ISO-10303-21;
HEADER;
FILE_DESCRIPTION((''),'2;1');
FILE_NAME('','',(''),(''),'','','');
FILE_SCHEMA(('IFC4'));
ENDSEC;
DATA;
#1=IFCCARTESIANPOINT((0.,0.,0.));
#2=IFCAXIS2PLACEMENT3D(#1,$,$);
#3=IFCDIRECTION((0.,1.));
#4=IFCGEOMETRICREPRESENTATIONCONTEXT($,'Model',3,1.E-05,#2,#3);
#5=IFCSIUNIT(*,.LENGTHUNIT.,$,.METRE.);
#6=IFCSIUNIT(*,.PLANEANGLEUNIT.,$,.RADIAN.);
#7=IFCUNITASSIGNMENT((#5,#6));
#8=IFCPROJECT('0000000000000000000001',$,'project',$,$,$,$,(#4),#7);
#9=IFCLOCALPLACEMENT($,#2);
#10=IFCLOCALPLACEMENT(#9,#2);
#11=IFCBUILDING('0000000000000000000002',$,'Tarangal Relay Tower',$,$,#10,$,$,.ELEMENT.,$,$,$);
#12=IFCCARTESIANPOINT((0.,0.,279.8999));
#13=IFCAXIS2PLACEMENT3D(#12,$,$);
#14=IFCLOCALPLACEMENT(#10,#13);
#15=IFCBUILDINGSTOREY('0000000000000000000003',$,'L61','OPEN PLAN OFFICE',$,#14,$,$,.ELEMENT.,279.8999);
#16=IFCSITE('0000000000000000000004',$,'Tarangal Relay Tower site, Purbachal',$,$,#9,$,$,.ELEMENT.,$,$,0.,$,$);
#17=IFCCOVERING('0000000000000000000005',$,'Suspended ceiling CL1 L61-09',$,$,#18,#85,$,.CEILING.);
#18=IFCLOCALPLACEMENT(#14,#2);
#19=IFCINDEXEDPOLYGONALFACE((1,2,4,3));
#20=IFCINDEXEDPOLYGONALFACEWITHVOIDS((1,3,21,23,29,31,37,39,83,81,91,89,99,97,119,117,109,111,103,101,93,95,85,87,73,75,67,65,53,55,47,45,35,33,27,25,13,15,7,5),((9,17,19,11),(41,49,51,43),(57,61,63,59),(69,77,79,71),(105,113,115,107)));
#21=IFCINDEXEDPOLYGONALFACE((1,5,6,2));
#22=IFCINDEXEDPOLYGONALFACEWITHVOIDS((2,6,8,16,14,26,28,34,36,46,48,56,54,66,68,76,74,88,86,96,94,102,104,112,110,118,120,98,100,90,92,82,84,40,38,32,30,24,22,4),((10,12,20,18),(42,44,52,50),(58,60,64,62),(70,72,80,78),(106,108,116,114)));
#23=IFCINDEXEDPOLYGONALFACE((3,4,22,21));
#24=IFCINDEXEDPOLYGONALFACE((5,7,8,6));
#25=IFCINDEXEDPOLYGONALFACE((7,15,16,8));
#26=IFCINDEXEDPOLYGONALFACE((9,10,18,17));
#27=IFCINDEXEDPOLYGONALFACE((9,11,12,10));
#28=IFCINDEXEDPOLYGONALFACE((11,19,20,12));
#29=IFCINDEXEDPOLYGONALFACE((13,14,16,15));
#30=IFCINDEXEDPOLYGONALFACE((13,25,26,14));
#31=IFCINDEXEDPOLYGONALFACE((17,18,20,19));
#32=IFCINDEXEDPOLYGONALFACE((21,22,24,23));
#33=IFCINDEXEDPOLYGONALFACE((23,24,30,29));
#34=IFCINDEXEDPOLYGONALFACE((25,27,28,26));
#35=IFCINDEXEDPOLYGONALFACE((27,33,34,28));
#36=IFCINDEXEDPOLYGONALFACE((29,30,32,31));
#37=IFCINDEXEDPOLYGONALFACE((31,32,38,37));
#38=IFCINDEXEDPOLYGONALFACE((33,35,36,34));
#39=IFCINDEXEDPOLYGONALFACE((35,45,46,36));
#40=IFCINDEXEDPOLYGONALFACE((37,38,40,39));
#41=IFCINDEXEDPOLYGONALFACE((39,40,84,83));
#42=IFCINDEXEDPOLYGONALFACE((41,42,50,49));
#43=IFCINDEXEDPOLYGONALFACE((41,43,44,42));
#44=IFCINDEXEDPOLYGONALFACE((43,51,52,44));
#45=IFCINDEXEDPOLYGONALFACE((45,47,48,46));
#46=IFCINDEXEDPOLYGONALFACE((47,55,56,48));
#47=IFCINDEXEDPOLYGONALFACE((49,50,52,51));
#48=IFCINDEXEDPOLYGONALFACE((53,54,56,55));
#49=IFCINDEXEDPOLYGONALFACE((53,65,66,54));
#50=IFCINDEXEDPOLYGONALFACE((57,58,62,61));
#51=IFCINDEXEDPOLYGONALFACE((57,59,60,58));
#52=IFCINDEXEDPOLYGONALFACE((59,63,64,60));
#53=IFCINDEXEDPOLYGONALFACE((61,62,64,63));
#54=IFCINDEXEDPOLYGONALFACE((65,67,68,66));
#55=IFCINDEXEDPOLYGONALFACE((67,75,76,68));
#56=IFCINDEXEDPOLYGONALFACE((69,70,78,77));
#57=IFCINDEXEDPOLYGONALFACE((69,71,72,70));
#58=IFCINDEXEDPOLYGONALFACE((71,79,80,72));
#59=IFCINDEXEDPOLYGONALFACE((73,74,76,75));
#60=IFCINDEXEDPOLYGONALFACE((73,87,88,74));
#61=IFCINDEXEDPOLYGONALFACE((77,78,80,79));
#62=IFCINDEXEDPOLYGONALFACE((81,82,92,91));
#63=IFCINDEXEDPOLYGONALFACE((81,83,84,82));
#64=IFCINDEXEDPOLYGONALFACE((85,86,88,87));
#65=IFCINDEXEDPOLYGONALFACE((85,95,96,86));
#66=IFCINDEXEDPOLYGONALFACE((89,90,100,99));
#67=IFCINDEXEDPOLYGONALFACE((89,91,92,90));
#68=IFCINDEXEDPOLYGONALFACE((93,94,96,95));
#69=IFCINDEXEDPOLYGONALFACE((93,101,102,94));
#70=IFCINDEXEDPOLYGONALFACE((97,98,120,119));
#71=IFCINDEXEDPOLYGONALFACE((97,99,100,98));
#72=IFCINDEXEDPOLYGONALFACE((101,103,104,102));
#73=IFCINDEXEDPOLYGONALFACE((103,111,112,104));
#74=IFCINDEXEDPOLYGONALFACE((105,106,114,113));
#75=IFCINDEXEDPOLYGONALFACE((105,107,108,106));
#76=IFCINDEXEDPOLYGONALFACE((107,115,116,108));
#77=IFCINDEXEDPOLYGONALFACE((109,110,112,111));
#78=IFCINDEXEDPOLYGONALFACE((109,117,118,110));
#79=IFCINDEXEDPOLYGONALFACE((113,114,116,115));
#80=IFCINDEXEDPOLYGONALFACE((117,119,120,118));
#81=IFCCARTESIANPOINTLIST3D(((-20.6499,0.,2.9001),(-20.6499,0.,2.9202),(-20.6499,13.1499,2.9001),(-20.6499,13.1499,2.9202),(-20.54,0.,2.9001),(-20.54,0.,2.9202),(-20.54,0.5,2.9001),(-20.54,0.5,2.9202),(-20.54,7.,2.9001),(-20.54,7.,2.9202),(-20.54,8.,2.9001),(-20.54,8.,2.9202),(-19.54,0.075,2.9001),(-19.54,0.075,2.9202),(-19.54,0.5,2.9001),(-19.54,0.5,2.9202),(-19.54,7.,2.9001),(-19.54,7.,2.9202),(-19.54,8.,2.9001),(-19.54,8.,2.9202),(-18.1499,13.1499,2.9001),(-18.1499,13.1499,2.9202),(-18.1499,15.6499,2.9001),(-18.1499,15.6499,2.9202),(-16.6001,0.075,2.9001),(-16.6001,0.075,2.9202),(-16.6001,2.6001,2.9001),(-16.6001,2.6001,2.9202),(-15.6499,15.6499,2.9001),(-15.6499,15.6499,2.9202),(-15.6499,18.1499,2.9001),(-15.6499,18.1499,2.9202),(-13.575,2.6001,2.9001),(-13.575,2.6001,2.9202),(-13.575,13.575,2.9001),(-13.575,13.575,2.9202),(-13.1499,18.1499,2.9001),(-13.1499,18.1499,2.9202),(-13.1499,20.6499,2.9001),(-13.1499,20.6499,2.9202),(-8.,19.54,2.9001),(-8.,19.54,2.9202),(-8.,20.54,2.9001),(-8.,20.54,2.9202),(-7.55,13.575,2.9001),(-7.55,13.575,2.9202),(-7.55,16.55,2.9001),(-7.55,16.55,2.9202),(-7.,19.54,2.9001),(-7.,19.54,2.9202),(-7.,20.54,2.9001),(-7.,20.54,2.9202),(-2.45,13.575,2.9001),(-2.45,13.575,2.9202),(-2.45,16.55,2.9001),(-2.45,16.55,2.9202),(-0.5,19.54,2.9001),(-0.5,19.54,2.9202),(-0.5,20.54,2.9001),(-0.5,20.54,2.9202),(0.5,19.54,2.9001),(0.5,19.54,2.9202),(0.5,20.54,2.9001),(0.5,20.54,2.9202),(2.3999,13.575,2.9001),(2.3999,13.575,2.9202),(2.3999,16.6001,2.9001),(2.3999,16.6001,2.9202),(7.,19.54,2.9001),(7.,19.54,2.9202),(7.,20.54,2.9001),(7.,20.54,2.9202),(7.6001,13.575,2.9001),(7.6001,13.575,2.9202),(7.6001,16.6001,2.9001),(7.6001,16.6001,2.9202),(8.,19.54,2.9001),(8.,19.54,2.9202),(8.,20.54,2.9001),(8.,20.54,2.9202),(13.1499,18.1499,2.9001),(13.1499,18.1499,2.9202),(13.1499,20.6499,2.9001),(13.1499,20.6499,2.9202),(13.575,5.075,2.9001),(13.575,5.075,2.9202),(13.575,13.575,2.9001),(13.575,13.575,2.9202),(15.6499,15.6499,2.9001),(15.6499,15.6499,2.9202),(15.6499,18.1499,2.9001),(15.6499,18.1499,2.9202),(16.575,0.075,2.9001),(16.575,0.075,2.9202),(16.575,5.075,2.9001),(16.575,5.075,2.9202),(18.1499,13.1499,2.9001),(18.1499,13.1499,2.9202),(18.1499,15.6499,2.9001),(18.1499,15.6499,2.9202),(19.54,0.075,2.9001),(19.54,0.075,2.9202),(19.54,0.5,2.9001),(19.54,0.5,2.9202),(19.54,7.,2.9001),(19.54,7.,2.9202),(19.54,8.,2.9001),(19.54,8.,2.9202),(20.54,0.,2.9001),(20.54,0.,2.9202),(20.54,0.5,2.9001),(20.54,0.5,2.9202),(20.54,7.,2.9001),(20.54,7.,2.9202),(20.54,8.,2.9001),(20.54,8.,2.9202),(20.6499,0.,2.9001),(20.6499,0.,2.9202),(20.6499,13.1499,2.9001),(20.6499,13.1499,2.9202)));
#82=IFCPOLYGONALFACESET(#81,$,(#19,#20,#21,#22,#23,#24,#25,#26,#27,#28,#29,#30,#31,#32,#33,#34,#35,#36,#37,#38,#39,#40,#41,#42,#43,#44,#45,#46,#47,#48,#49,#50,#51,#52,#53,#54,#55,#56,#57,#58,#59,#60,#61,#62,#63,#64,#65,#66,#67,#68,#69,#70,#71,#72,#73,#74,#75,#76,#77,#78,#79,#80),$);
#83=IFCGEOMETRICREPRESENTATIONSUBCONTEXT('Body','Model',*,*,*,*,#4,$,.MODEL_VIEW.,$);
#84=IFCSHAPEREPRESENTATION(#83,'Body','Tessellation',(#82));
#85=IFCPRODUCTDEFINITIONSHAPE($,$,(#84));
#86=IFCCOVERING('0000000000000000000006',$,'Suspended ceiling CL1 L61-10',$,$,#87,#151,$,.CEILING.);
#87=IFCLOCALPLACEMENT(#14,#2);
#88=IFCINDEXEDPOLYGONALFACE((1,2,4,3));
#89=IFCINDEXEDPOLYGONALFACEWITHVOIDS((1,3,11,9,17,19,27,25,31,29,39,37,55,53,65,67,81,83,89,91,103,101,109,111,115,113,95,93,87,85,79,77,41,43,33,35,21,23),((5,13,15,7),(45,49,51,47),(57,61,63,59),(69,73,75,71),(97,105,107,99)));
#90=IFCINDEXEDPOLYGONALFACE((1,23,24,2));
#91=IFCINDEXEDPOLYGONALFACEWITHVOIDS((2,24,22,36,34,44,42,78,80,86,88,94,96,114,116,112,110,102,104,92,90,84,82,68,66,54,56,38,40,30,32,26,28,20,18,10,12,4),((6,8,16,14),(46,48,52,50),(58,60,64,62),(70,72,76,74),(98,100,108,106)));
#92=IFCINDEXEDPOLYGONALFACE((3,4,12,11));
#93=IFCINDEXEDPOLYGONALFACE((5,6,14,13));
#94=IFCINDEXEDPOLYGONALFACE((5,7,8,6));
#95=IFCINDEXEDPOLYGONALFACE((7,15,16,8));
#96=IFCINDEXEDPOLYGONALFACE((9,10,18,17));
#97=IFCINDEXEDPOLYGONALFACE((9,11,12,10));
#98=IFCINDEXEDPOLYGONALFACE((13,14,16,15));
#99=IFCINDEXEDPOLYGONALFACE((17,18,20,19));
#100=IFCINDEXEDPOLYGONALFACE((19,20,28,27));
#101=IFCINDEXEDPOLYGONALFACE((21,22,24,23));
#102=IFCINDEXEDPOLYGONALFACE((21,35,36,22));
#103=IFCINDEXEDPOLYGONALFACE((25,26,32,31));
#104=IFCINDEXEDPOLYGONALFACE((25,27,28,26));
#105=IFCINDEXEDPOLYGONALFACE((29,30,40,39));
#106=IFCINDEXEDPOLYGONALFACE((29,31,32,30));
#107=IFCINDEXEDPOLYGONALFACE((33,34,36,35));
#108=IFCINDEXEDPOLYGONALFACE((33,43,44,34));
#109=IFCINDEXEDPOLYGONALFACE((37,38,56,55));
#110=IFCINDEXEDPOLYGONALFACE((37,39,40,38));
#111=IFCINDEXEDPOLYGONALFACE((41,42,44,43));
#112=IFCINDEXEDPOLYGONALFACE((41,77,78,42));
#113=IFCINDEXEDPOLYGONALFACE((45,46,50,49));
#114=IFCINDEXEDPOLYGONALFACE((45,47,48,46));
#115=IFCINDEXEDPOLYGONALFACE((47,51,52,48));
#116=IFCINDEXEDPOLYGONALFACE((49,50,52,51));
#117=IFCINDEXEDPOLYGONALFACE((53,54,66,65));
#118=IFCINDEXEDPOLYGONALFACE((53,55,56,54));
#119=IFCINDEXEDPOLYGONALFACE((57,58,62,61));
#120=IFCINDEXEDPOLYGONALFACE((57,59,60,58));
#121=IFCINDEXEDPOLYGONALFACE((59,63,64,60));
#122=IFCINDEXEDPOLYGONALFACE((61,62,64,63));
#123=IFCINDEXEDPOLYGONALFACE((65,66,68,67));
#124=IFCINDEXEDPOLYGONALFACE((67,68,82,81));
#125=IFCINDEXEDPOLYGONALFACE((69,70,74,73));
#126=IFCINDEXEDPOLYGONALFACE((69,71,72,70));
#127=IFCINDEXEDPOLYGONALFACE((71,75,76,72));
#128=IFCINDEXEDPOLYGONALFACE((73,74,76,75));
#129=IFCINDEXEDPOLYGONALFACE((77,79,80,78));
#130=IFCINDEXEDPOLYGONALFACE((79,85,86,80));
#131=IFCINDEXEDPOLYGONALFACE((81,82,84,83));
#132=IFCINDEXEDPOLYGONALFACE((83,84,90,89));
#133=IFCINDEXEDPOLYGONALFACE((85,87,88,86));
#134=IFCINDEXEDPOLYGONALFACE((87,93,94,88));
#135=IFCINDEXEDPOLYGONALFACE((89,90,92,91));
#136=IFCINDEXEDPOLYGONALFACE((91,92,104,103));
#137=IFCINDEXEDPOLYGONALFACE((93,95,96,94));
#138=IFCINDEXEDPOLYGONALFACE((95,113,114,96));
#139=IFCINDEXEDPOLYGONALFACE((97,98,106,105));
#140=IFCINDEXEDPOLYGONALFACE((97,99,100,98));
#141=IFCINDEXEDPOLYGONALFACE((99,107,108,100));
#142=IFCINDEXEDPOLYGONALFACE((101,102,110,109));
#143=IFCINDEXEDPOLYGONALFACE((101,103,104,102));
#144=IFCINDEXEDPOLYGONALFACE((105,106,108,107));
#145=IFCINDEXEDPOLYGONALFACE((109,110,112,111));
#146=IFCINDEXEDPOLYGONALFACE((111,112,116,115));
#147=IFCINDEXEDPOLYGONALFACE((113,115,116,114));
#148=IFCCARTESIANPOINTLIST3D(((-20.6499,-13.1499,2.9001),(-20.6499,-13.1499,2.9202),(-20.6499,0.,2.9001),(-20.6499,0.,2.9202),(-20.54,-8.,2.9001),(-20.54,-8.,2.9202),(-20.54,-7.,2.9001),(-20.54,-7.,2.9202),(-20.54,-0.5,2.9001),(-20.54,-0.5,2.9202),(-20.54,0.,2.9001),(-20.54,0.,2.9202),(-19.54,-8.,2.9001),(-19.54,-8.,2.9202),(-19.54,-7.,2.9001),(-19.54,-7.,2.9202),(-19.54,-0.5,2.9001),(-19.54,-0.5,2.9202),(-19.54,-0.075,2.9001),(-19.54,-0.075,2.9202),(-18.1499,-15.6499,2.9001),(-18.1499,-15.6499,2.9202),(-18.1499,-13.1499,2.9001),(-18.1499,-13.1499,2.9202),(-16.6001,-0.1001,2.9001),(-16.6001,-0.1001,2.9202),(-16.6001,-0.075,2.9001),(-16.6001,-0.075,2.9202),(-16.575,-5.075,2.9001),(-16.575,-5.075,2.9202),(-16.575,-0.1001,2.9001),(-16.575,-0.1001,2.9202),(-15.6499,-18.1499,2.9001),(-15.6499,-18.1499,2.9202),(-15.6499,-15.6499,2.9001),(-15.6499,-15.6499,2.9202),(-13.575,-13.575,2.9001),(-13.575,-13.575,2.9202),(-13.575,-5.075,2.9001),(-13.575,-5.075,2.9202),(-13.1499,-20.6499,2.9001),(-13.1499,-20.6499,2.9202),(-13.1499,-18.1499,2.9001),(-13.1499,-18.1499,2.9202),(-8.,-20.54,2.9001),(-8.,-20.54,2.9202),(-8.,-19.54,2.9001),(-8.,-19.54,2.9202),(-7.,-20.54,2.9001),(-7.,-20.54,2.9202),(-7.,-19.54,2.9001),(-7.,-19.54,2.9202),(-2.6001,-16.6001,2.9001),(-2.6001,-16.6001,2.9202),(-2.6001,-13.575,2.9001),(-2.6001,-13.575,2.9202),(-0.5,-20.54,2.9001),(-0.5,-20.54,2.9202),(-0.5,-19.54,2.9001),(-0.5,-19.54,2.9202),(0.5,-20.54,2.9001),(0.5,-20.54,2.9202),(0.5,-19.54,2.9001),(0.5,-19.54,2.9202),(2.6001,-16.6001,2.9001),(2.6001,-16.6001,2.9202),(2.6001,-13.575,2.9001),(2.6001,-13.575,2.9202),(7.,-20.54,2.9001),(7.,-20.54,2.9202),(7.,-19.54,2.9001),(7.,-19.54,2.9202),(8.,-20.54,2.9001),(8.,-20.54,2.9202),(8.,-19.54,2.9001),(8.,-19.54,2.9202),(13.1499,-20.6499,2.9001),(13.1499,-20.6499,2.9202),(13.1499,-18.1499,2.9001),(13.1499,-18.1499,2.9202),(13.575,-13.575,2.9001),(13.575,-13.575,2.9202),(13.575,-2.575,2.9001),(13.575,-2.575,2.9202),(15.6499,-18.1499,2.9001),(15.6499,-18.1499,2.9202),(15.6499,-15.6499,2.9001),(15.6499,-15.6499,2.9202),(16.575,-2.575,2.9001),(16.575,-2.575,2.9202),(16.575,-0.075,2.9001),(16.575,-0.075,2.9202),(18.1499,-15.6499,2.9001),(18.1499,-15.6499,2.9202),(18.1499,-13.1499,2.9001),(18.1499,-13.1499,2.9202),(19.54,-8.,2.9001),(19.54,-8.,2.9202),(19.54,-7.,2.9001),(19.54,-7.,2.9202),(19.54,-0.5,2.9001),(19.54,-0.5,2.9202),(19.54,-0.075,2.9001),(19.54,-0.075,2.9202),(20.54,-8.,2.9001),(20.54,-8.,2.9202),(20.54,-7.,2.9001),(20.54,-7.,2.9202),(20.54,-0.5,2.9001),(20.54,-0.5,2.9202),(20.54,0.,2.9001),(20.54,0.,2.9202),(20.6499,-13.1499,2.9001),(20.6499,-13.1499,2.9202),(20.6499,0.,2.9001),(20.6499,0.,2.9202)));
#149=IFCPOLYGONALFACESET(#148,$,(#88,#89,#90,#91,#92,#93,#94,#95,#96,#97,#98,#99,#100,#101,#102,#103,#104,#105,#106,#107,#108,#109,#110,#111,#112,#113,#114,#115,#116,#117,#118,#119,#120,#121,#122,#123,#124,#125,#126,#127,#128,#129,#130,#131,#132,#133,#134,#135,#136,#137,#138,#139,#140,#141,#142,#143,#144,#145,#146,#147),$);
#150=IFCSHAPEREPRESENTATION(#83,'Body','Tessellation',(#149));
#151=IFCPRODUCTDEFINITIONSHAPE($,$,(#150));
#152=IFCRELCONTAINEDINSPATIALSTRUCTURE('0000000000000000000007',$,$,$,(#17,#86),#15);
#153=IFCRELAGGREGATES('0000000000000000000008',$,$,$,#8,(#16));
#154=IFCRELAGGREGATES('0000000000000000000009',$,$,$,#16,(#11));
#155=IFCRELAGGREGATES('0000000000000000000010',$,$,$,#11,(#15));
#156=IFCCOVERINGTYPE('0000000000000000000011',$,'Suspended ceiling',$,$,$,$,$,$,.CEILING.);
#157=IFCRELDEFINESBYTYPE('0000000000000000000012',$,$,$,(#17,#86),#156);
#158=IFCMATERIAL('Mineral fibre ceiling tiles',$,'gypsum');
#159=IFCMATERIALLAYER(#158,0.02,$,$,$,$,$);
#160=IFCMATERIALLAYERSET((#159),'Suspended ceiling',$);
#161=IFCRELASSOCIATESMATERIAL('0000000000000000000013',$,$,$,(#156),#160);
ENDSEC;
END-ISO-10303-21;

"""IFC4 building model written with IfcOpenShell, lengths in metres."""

from ifc_helpers import new_model, si_unit, direction, frame, origin, place, context, subcontext, project, spatial, polyline, outline, extrude, material, layer, layer_set, type_object, element, save


model = new_model("IFC4")

# Units and contexts
model_context = context("Model", 3, precision=1e-05, world=origin(), true_north=direction((0.0, 1.0)))
body_context = subcontext(model_context, "Body", "Model", "MODEL_VIEW")
ifc_project = project(units=[si_unit("LENGTHUNIT", "METRE"), si_unit("PLANEANGLEUNIT", "RADIAN")], contexts=[model_context])

# Site, building, storey
site_placement = place(None, origin())
site = spatial("IfcSite", under=ifc_project, at=site_placement, Name="Tarangal Relay Tower site, Purbachal", CompositionType="ELEMENT", RefElevation=0.0)
building_placement = place(site_placement, origin())
building = spatial("IfcBuilding", under=site, at=building_placement, Name="Tarangal Relay Tower", CompositionType="ELEMENT")
storey_placement = place(building_placement, frame((0.0, 0.0, 279.8999)))
storey = spatial("IfcBuildingStorey", under=building, at=storey_placement, Name="L61", Description="OPEN PLAN OFFICE", CompositionType="ELEMENT", Elevation=279.8999)

# Coverings
ifc_material_1 = material(Name="Mineral fibre ceiling tiles", Category="gypsum")
ifc_layer_1 = layer(ifc_material_1, 0.02)
ifc_layer_set_1 = layer_set([ifc_layer_1], Name="Suspended ceiling")
covering_type = type_object("IfcCoveringType", Name="Suspended ceiling", PredefinedType="CEILING", material=ifc_layer_set_1)
covering_1_placement = place(storey_placement, frame((0.0, 0.0, 2.9001)))
element("IfcCovering", 1, at=covering_1_placement, inside=storey, type_object=covering_type, Name="Suspended ceiling CL1 L61-09", PredefinedType="CEILING", context=body_context, shape_type="SweptSolid", body=[
    extrude(outline(polyline([(-20.6499, 0.0), (-20.54, 0.0), (-20.54, 0.5), (-19.54, 0.5), (-19.54, 0.075), (-16.6001, 0.075), (-16.6001, 2.6001), (-13.575, 2.6001), (-13.575, 13.575), (-7.55, 13.575), (-7.55, 16.55), (-2.45, 16.55), (-2.45, 13.575), (2.3999, 13.575), (2.3999, 16.6001), (7.6001, 16.6001), (7.6001, 13.575), (13.575, 13.575), (13.575, 5.075), (16.575, 5.075), (16.575, 0.075), (19.54, 0.075), (19.54, 0.5), (20.54, 0.5), (20.54, 0.0), (20.6499, 0.0), (20.6499, 13.1499), (18.1499, 13.1499), (18.1499, 15.6499), (15.6499, 15.6499), (15.6499, 18.1499), (13.1499, 18.1499), (13.1499, 20.6499), (-13.1499, 20.6499), (-13.1499, 18.1499), (-15.6499, 18.1499), (-15.6499, 15.6499), (-18.1499, 15.6499), (-18.1499, 13.1499), (-20.6499, 13.1499), (-20.6499, 0.0)]), holes=[polyline([(-20.54, 8.0), (-20.54, 7.0), (-19.54, 7.0), (-19.54, 8.0), (-20.54, 8.0)]), polyline([(19.54, 8.0), (19.54, 7.0), (20.54, 7.0), (20.54, 8.0), (19.54, 8.0)]), polyline([(-8.0, 20.54), (-8.0, 19.54), (-7.0, 19.54), (-7.0, 20.54), (-8.0, 20.54)]), polyline([(-0.5, 20.54), (-0.5, 19.54), (0.5, 19.54), (0.5, 20.54), (-0.5, 20.54)]), polyline([(7.0, 20.54), (7.0, 19.54), (8.0, 19.54), (8.0, 20.54), (7.0, 20.54)])]), origin(), (0.0, 0.0, 1.0), 0.02),
])
covering_2_placement = place(storey_placement, frame((0.0, 0.0, 2.9001)))
element("IfcCovering", 2, at=covering_2_placement, inside=storey, type_object=covering_type, Name="Suspended ceiling CL1 L61-10", PredefinedType="CEILING", context=body_context, shape_type="SweptSolid", body=[
    extrude(outline(polyline([(20.6499, 0.0), (20.54, 0.0), (20.54, -0.5), (19.54, -0.5), (19.54, -0.075), (16.575, -0.075), (16.575, -2.575), (13.575, -2.575), (13.575, -13.575), (2.6001, -13.575), (2.6001, -16.6001), (-2.6001, -16.6001), (-2.6001, -13.575), (-13.575, -13.575), (-13.575, -5.075), (-16.575, -5.075), (-16.575, -0.1001), (-16.6001, -0.1001), (-16.6001, -0.075), (-19.54, -0.075), (-19.54, -0.5), (-20.54, -0.5), (-20.54, 0.0), (-20.6499, 0.0), (-20.6499, -13.1499), (-18.1499, -13.1499), (-18.1499, -15.6499), (-15.6499, -15.6499), (-15.6499, -18.1499), (-13.1499, -18.1499), (-13.1499, -20.6499), (13.1499, -20.6499), (13.1499, -18.1499), (15.6499, -18.1499), (15.6499, -15.6499), (18.1499, -15.6499), (18.1499, -13.1499), (20.6499, -13.1499), (20.6499, 0.0)]), holes=[polyline([(-8.0, -20.54), (-7.0, -20.54), (-7.0, -19.54), (-8.0, -19.54), (-8.0, -20.54)]), polyline([(-0.5, -19.54), (-0.5, -20.54), (0.5, -20.54), (0.5, -19.54), (-0.5, -19.54)]), polyline([(7.0, -19.54), (7.0, -20.54), (8.0, -20.54), (8.0, -19.54), (7.0, -19.54)]), polyline([(-20.54, -7.0), (-20.54, -8.0), (-19.54, -8.0), (-19.54, -7.0), (-20.54, -7.0)]), polyline([(19.54, -7.0), (19.54, -8.0), (20.54, -8.0), (20.54, -7.0), (19.54, -7.0)])]), origin(), (0.0, 0.0, 1.0), 0.02),
])

save(model, "model.ifc")
